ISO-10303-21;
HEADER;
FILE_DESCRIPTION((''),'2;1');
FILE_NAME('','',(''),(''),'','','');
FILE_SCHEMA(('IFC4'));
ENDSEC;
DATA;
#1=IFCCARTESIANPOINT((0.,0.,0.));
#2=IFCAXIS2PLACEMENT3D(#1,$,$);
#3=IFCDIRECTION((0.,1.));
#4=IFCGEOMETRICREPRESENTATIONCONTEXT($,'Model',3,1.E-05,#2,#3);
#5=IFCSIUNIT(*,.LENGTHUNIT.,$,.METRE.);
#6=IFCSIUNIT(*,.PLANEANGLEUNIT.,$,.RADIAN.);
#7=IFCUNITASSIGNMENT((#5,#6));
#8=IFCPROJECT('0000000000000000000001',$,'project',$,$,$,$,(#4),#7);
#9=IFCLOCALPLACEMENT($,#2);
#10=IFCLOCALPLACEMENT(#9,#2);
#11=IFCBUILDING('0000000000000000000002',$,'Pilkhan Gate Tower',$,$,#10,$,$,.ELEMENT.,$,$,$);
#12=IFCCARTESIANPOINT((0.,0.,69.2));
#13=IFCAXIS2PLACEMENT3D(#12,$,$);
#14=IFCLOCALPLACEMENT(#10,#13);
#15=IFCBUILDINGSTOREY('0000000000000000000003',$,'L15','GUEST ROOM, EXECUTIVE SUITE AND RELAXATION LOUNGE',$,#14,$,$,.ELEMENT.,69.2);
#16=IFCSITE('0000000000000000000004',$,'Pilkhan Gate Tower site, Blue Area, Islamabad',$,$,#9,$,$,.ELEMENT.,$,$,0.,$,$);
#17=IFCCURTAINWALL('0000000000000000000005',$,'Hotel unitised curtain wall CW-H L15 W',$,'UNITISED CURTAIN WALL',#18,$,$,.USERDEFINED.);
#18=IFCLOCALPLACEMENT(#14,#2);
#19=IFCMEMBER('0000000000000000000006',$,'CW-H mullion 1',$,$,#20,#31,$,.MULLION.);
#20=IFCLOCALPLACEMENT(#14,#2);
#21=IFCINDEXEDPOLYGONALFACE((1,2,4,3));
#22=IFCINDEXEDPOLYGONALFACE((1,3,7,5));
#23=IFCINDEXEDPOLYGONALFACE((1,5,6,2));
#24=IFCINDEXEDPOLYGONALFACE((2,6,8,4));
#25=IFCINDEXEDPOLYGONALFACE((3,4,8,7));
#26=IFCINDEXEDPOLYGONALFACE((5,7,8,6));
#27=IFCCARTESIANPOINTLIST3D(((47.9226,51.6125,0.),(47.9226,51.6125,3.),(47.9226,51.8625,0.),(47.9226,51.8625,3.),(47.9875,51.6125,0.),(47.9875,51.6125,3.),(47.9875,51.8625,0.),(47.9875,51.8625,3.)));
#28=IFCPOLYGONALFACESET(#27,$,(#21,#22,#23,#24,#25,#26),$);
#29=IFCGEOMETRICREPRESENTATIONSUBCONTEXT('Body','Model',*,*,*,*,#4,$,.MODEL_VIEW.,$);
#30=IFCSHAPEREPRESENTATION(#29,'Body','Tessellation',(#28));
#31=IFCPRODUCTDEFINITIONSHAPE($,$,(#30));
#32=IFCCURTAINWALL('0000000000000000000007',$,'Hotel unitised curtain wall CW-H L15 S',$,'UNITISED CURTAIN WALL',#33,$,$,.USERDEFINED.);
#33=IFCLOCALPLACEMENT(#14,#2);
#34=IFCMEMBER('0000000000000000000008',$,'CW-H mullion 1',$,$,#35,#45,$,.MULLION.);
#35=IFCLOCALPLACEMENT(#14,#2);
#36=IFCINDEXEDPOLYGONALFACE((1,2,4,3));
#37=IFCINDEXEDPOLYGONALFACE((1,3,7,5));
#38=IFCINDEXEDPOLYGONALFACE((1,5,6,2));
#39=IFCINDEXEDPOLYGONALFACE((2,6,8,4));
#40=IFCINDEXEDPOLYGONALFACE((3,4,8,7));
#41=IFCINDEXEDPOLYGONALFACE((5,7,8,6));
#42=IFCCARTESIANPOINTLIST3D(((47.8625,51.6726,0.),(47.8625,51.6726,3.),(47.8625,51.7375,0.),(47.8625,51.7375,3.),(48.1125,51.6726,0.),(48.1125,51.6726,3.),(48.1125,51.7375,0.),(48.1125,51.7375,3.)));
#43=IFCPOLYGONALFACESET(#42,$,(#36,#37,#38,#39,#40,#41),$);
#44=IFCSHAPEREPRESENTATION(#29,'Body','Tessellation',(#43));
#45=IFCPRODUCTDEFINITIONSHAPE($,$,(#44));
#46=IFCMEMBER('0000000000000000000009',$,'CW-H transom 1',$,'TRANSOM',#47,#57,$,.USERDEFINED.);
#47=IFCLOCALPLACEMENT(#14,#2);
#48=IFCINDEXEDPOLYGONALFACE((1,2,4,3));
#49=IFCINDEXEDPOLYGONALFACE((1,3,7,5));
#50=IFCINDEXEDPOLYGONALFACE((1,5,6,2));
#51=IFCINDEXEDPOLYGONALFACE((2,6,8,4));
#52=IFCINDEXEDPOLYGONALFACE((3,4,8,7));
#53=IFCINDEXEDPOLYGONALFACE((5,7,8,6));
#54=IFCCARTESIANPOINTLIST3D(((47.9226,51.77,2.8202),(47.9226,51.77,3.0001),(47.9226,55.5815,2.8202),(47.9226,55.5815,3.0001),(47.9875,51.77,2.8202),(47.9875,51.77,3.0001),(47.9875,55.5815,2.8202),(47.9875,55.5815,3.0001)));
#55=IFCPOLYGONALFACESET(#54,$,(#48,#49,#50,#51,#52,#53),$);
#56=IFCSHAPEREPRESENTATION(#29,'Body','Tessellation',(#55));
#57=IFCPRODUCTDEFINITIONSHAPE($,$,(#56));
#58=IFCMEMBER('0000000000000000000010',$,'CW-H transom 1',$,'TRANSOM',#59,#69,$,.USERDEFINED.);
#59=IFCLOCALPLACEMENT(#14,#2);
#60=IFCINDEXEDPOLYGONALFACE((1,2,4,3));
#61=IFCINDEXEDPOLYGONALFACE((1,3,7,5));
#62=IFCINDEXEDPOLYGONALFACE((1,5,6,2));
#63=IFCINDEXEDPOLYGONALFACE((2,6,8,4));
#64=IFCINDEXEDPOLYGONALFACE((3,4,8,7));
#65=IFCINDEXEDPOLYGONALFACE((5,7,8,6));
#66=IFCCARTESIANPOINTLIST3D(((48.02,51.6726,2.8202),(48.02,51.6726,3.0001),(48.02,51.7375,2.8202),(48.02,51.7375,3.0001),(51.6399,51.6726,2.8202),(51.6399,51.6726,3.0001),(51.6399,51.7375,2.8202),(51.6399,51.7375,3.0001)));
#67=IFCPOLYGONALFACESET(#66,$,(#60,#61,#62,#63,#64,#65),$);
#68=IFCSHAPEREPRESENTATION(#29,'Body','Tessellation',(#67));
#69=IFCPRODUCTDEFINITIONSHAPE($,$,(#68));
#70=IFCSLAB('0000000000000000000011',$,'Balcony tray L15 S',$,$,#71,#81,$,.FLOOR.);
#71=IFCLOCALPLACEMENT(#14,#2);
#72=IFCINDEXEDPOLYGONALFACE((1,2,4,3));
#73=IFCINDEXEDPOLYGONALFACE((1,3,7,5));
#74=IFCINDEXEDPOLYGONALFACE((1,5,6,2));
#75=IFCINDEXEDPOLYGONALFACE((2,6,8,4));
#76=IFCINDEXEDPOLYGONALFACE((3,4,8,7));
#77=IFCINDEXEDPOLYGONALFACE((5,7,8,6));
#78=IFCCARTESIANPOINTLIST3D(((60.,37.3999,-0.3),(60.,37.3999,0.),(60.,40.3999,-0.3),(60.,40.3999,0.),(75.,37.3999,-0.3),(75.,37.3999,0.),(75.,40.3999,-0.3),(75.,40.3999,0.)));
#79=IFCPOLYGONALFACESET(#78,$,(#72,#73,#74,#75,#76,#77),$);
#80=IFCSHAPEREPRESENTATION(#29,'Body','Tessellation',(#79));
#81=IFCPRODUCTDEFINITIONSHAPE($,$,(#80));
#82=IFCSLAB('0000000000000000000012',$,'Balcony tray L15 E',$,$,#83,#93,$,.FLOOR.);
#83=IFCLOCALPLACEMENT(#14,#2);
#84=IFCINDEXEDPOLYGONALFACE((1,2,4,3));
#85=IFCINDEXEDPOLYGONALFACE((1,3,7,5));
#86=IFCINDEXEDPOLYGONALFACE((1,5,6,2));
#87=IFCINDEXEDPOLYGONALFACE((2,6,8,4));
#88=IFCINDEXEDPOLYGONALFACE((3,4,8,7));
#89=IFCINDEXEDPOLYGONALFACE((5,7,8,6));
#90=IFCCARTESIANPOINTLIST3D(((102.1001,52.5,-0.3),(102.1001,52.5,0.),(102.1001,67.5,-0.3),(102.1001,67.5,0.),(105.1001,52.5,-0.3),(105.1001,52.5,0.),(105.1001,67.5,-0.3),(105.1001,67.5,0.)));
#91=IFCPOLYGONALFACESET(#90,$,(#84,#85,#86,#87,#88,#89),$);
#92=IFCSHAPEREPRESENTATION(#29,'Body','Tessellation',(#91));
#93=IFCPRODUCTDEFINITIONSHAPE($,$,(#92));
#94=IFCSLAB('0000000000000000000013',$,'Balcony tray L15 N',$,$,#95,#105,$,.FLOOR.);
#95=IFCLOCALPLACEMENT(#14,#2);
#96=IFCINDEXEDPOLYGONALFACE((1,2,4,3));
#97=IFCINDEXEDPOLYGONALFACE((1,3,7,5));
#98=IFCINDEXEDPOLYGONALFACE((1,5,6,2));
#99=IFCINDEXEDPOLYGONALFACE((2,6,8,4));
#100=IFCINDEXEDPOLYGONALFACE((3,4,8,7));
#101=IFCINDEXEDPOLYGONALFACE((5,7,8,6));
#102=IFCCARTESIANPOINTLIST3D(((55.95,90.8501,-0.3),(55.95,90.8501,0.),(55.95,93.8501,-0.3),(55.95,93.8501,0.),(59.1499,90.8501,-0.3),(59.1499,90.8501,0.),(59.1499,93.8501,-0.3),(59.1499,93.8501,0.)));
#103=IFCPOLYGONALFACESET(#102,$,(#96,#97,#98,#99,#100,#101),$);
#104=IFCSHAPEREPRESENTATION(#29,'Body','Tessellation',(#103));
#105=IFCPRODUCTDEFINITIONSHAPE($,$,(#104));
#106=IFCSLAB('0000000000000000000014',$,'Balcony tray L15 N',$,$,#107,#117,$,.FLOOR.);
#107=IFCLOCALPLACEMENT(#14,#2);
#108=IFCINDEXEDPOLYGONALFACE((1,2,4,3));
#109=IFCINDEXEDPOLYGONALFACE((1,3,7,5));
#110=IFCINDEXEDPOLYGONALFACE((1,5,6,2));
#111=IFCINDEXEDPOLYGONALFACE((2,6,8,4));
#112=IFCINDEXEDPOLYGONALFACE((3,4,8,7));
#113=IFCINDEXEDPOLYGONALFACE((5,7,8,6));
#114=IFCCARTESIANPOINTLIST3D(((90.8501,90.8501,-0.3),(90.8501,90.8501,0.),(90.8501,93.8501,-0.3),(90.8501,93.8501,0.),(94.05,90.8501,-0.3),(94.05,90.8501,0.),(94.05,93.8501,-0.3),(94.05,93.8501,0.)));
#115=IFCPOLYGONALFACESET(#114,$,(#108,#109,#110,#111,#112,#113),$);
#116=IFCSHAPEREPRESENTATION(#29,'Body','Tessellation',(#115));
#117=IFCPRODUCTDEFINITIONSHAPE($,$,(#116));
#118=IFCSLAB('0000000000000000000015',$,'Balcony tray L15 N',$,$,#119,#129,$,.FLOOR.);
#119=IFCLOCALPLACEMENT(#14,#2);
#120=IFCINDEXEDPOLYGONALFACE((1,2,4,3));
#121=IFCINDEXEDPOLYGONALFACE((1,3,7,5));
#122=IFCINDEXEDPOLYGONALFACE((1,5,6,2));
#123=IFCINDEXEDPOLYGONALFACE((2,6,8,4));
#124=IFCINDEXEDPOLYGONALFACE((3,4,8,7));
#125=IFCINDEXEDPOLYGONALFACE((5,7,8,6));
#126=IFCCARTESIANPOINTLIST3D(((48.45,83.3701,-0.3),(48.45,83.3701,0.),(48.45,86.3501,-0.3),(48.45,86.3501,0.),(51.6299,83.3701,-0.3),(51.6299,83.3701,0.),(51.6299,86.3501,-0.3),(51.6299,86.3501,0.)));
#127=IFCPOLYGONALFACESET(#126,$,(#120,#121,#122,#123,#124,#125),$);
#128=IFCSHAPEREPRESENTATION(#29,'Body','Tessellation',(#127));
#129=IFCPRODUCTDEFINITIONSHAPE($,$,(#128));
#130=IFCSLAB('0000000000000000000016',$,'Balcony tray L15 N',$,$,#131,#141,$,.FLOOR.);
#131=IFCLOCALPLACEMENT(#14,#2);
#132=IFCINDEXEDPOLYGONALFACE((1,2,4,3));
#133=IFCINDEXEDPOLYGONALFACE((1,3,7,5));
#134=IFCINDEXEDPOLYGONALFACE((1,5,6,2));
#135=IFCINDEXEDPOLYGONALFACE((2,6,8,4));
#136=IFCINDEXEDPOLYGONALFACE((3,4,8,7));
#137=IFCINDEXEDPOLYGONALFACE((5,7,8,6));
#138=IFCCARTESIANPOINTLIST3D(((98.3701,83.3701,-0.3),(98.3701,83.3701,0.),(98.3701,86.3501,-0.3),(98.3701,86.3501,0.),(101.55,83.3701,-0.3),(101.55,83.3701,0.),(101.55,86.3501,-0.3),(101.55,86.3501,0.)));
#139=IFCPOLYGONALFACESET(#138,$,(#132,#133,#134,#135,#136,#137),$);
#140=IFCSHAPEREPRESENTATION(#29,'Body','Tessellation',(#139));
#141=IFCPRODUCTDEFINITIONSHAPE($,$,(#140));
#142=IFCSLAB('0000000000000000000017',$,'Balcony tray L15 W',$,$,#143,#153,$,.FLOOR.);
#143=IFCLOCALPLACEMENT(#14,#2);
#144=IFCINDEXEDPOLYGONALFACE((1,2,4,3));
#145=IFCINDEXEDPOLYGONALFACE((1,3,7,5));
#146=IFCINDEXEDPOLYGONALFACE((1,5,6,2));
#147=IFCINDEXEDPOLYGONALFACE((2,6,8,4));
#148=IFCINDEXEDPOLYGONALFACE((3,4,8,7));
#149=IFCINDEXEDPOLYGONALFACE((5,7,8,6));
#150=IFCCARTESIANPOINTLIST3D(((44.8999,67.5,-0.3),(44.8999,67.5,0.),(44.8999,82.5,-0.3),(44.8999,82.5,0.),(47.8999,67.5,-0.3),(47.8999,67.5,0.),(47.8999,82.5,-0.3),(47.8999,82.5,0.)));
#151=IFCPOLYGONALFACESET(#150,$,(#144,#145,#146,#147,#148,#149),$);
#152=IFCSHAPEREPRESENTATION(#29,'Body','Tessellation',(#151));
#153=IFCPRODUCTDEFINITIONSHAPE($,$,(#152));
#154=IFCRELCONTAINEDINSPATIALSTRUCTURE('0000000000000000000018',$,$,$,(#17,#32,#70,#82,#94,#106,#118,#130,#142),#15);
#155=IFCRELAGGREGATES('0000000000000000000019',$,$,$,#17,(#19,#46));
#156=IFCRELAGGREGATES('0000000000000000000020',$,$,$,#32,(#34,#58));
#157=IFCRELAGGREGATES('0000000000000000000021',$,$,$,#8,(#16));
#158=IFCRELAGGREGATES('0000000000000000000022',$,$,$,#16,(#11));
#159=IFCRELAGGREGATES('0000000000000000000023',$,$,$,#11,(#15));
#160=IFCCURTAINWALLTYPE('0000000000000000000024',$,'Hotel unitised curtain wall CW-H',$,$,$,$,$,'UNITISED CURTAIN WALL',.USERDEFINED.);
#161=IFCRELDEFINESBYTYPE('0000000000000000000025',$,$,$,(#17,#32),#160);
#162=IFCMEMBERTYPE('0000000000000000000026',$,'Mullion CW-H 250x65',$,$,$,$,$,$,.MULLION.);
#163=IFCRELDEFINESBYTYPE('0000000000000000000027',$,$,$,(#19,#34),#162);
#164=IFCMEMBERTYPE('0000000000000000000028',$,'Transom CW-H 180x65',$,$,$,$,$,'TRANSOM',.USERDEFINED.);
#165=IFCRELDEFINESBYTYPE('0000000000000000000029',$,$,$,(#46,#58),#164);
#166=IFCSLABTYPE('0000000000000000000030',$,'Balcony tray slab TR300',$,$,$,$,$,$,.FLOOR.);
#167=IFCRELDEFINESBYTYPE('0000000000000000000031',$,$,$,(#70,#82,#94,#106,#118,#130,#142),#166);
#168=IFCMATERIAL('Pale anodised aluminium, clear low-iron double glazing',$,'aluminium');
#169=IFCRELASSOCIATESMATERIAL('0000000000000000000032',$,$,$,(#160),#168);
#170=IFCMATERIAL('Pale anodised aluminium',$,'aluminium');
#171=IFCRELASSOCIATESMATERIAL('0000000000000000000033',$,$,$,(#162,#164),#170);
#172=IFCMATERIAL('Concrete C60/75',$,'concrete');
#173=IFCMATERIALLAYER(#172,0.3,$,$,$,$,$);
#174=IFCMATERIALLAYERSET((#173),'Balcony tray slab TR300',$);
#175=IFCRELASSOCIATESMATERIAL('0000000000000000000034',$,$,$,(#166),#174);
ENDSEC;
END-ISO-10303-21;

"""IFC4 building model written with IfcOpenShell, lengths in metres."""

from ifc_helpers import new_model, si_unit, direction, frame, origin, origin_2d, place, context, subcontext, project, spatial, polyline, rectangle, outline, extrude, material, layer, layer_set, material_profile, profile_set, type_object, element, aggregate, save


model = new_model("IFC4")

# Units and contexts
model_context = context("Model", 3, precision=1e-05, world=origin(), true_north=direction((0.0, 1.0)))
body_context = subcontext(model_context, "Body", "Model", "MODEL_VIEW")
ifc_project = project(units=[si_unit("LENGTHUNIT", "METRE"), si_unit("PLANEANGLEUNIT", "RADIAN")], contexts=[model_context])

# Site, building, storey
site_placement = place(None, origin())
site = spatial("IfcSite", under=ifc_project, at=site_placement, Name="Pilkhan Gate Tower site, Blue Area, Islamabad", CompositionType="ELEMENT", RefElevation=0.0)
building_placement = place(site_placement, origin())
building = spatial("IfcBuilding", under=site, at=building_placement, Name="Pilkhan Gate Tower", CompositionType="ELEMENT")
storey_placement = place(building_placement, frame((0.0, 0.0, 69.2)))
storey = spatial("IfcBuildingStorey", under=building, at=storey_placement, Name="L15", Description="GUEST ROOM, EXECUTIVE SUITE AND RELAXATION LOUNGE", CompositionType="ELEMENT", Elevation=69.2)

# Curtain walls, members
ifc_material_1 = material(Name="Pale anodised aluminium, clear low-iron double glazing", Category="aluminium")
curtain_wall_type = type_object("IfcCurtainWallType", Name="Hotel unitised curtain wall CW-H", ElementType="UNITISED CURTAIN WALL", PredefinedType="USERDEFINED", material=ifc_material_1)
curtain_wall_1_placement = place(storey_placement, origin())
curtain_wall_1 = element("IfcCurtainWall", 1, at=curtain_wall_1_placement, inside=storey, type_object=curtain_wall_type, Name="Hotel unitised curtain wall CW-H L15 W", ObjectType="UNITISED CURTAIN WALL", PredefinedType="USERDEFINED")
ifc_material_2 = material(Name="Pale anodised aluminium", Category="aluminium")
ifc_material_profile_1 = material_profile(ifc_material_2, rectangle(XDim=0.0649, YDim=0.25, at=origin_2d()), Name="Mullion 250x65")
ifc_profile_set_1 = profile_set([ifc_material_profile_1], Name="Pale anodised aluminium")
member_type_1 = type_object("IfcMemberType", Name="Mullion CW-H 250x65", PredefinedType="MULLION", material=ifc_profile_set_1)
member_1_placement = place(storey_placement, frame((47.9551, 51.7375, 0.0), z_axis=(0.0, 0.0, 1.0), x_axis=(-1.0, 0.0, 0.0)))
member_1 = element("IfcMember", 2, at=member_1_placement, type_object=member_type_1, Name="CW-H mullion 1", PredefinedType="MULLION", context=body_context, shape_type="SweptSolid", body=[
    extrude(rectangle(XDim=0.0649, YDim=0.25, at=origin_2d()), origin(), (0.0, 0.0, 1.0), 3.0),
])
curtain_wall_2_placement = place(storey_placement, origin())
curtain_wall_2 = element("IfcCurtainWall", 3, at=curtain_wall_2_placement, inside=storey, type_object=curtain_wall_type, Name="Hotel unitised curtain wall CW-H L15 S", ObjectType="UNITISED CURTAIN WALL", PredefinedType="USERDEFINED")
member_2_placement = place(storey_placement, frame((47.9875, 51.7051, 0.0), z_axis=(0.0, 0.0, 1.0), x_axis=(0.0, 1.0, 0.0)))
member_2 = element("IfcMember", 4, at=member_2_placement, type_object=member_type_1, Name="CW-H mullion 1", PredefinedType="MULLION", context=body_context, shape_type="SweptSolid", body=[
    extrude(rectangle(XDim=0.0649, YDim=0.25, at=origin_2d()), origin(), (0.0, 0.0, 1.0), 3.0),
])

# Members
ifc_material_profile_2 = material_profile(ifc_material_2, rectangle(XDim=0.0649, YDim=0.1799, at=origin_2d()), Name="Transom 180x65")
ifc_profile_set_2 = profile_set([ifc_material_profile_2], Name="Pale anodised aluminium")
member_type_2 = type_object("IfcMemberType", Name="Transom CW-H 180x65", ElementType="TRANSOM", PredefinedType="USERDEFINED", material=ifc_profile_set_2)
member_3_placement = place(storey_placement, frame((47.9551, 51.77, 2.9102), z_axis=(0.0, 1.0, 0.0), x_axis=(-1.0, 0.0, 0.0)))
member_3 = element("IfcMember", 5, at=member_3_placement, type_object=member_type_2, Name="CW-H transom 1", ObjectType="TRANSOM", PredefinedType="USERDEFINED", context=body_context, shape_type="SweptSolid", body=[
    extrude(rectangle(XDim=0.0649, YDim=0.1799, at=origin_2d()), origin(), (0.0, 0.0, 1.0), 3.8115),
])
aggregate(curtain_wall_1, [member_1, member_3])
member_4_placement = place(storey_placement, frame((48.02, 51.7051, 2.9102), z_axis=(1.0, 0.0, 0.0), x_axis=(0.0, 1.0, 0.0)))
member_4 = element("IfcMember", 6, at=member_4_placement, type_object=member_type_2, Name="CW-H transom 1", ObjectType="TRANSOM", PredefinedType="USERDEFINED", context=body_context, shape_type="SweptSolid", body=[
    extrude(rectangle(XDim=0.0649, YDim=0.1799, at=origin_2d()), origin(), (0.0, 0.0, 1.0), 3.6199),
])
aggregate(curtain_wall_2, [member_2, member_4])

# Slabs
ifc_material_3 = material(Name="Concrete C60/75", Category="concrete")
ifc_layer_1 = layer(ifc_material_3, 0.3)
ifc_layer_set_1 = layer_set([ifc_layer_1], Name="Balcony tray slab TR300")
slab_type_1 = type_object("IfcSlabType", Name="Balcony tray slab TR300", PredefinedType="FLOOR", material=ifc_layer_set_1)
slab_1_placement = place(storey_placement, frame((0.0, 0.0, -0.3)))
element("IfcSlab", 7, at=slab_1_placement, inside=storey, type_object=slab_type_1, Name="Balcony tray L15 S", PredefinedType="FLOOR", context=body_context, shape_type="SweptSolid", body=[
    extrude(outline(polyline([(75.0, 37.3999), (75.0, 40.3999), (60.0, 40.3999), (60.0, 37.3999), (75.0, 37.3999)])), origin(), (0.0, 0.0, 1.0), 0.3),
])
slab_2_placement = place(storey_placement, frame((0.0, 0.0, -0.3)))
element("IfcSlab", 8, at=slab_2_placement, inside=storey, type_object=slab_type_1, Name="Balcony tray L15 E", PredefinedType="FLOOR", context=body_context, shape_type="SweptSolid", body=[
    extrude(outline(polyline([(105.1001, 52.5), (105.1001, 67.5), (102.1001, 67.5), (102.1001, 52.5), (105.1001, 52.5)])), origin(), (0.0, 0.0, 1.0), 0.3),
])
slab_3_placement = place(storey_placement, frame((0.0, 0.0, -0.3)))
element("IfcSlab", 9, at=slab_3_placement, inside=storey, type_object=slab_type_1, Name="Balcony tray L15 N", PredefinedType="FLOOR", context=body_context, shape_type="SweptSolid", body=[
    extrude(outline(polyline([(59.1499, 90.8501), (59.1499, 93.8501), (55.95, 93.8501), (55.95, 90.8501), (59.1499, 90.8501)])), origin(), (0.0, 0.0, 1.0), 0.3),
])
slab_4_placement = place(storey_placement, frame((0.0, 0.0, -0.3)))
element("IfcSlab", 10, at=slab_4_placement, inside=storey, type_object=slab_type_1, Name="Balcony tray L15 N", PredefinedType="FLOOR", context=body_context, shape_type="SweptSolid", body=[
    extrude(outline(polyline([(94.05, 90.8501), (94.05, 93.8501), (90.8501, 93.8501), (90.8501, 90.8501), (94.05, 90.8501)])), origin(), (0.0, 0.0, 1.0), 0.3),
])
slab_5_placement = place(storey_placement, frame((0.0, 0.0, -0.3)))
element("IfcSlab", 11, at=slab_5_placement, inside=storey, type_object=slab_type_1, Name="Balcony tray L15 N", PredefinedType="FLOOR", context=body_context, shape_type="SweptSolid", body=[
    extrude(outline(polyline([(51.6299, 83.3701), (51.6299, 86.3501), (48.45, 86.3501), (48.45, 83.3701), (51.6299, 83.3701)])), origin(), (0.0, 0.0, 1.0), 0.3),
])
slab_6_placement = place(storey_placement, frame((0.0, 0.0, -0.3)))
element("IfcSlab", 12, at=slab_6_placement, inside=storey, type_object=slab_type_1, Name="Balcony tray L15 N", PredefinedType="FLOOR", context=body_context, shape_type="SweptSolid", body=[
    extrude(outline(polyline([(101.55, 83.3701), (101.55, 86.3501), (98.3701, 86.3501), (98.3701, 83.3701), (101.55, 83.3701)])), origin(), (0.0, 0.0, 1.0), 0.3),
])
slab_7_placement = place(storey_placement, frame((0.0, 0.0, -0.3)))
element("IfcSlab", 13, at=slab_7_placement, inside=storey, type_object=slab_type_1, Name="Balcony tray L15 W", PredefinedType="FLOOR", context=body_context, shape_type="SweptSolid", body=[
    extrude(outline(polyline([(47.8999, 67.5), (47.8999, 82.5), (44.8999, 82.5), (44.8999, 67.5), (47.8999, 67.5)])), origin(), (0.0, 0.0, 1.0), 0.3),
])

save(model, "model.ifc")
